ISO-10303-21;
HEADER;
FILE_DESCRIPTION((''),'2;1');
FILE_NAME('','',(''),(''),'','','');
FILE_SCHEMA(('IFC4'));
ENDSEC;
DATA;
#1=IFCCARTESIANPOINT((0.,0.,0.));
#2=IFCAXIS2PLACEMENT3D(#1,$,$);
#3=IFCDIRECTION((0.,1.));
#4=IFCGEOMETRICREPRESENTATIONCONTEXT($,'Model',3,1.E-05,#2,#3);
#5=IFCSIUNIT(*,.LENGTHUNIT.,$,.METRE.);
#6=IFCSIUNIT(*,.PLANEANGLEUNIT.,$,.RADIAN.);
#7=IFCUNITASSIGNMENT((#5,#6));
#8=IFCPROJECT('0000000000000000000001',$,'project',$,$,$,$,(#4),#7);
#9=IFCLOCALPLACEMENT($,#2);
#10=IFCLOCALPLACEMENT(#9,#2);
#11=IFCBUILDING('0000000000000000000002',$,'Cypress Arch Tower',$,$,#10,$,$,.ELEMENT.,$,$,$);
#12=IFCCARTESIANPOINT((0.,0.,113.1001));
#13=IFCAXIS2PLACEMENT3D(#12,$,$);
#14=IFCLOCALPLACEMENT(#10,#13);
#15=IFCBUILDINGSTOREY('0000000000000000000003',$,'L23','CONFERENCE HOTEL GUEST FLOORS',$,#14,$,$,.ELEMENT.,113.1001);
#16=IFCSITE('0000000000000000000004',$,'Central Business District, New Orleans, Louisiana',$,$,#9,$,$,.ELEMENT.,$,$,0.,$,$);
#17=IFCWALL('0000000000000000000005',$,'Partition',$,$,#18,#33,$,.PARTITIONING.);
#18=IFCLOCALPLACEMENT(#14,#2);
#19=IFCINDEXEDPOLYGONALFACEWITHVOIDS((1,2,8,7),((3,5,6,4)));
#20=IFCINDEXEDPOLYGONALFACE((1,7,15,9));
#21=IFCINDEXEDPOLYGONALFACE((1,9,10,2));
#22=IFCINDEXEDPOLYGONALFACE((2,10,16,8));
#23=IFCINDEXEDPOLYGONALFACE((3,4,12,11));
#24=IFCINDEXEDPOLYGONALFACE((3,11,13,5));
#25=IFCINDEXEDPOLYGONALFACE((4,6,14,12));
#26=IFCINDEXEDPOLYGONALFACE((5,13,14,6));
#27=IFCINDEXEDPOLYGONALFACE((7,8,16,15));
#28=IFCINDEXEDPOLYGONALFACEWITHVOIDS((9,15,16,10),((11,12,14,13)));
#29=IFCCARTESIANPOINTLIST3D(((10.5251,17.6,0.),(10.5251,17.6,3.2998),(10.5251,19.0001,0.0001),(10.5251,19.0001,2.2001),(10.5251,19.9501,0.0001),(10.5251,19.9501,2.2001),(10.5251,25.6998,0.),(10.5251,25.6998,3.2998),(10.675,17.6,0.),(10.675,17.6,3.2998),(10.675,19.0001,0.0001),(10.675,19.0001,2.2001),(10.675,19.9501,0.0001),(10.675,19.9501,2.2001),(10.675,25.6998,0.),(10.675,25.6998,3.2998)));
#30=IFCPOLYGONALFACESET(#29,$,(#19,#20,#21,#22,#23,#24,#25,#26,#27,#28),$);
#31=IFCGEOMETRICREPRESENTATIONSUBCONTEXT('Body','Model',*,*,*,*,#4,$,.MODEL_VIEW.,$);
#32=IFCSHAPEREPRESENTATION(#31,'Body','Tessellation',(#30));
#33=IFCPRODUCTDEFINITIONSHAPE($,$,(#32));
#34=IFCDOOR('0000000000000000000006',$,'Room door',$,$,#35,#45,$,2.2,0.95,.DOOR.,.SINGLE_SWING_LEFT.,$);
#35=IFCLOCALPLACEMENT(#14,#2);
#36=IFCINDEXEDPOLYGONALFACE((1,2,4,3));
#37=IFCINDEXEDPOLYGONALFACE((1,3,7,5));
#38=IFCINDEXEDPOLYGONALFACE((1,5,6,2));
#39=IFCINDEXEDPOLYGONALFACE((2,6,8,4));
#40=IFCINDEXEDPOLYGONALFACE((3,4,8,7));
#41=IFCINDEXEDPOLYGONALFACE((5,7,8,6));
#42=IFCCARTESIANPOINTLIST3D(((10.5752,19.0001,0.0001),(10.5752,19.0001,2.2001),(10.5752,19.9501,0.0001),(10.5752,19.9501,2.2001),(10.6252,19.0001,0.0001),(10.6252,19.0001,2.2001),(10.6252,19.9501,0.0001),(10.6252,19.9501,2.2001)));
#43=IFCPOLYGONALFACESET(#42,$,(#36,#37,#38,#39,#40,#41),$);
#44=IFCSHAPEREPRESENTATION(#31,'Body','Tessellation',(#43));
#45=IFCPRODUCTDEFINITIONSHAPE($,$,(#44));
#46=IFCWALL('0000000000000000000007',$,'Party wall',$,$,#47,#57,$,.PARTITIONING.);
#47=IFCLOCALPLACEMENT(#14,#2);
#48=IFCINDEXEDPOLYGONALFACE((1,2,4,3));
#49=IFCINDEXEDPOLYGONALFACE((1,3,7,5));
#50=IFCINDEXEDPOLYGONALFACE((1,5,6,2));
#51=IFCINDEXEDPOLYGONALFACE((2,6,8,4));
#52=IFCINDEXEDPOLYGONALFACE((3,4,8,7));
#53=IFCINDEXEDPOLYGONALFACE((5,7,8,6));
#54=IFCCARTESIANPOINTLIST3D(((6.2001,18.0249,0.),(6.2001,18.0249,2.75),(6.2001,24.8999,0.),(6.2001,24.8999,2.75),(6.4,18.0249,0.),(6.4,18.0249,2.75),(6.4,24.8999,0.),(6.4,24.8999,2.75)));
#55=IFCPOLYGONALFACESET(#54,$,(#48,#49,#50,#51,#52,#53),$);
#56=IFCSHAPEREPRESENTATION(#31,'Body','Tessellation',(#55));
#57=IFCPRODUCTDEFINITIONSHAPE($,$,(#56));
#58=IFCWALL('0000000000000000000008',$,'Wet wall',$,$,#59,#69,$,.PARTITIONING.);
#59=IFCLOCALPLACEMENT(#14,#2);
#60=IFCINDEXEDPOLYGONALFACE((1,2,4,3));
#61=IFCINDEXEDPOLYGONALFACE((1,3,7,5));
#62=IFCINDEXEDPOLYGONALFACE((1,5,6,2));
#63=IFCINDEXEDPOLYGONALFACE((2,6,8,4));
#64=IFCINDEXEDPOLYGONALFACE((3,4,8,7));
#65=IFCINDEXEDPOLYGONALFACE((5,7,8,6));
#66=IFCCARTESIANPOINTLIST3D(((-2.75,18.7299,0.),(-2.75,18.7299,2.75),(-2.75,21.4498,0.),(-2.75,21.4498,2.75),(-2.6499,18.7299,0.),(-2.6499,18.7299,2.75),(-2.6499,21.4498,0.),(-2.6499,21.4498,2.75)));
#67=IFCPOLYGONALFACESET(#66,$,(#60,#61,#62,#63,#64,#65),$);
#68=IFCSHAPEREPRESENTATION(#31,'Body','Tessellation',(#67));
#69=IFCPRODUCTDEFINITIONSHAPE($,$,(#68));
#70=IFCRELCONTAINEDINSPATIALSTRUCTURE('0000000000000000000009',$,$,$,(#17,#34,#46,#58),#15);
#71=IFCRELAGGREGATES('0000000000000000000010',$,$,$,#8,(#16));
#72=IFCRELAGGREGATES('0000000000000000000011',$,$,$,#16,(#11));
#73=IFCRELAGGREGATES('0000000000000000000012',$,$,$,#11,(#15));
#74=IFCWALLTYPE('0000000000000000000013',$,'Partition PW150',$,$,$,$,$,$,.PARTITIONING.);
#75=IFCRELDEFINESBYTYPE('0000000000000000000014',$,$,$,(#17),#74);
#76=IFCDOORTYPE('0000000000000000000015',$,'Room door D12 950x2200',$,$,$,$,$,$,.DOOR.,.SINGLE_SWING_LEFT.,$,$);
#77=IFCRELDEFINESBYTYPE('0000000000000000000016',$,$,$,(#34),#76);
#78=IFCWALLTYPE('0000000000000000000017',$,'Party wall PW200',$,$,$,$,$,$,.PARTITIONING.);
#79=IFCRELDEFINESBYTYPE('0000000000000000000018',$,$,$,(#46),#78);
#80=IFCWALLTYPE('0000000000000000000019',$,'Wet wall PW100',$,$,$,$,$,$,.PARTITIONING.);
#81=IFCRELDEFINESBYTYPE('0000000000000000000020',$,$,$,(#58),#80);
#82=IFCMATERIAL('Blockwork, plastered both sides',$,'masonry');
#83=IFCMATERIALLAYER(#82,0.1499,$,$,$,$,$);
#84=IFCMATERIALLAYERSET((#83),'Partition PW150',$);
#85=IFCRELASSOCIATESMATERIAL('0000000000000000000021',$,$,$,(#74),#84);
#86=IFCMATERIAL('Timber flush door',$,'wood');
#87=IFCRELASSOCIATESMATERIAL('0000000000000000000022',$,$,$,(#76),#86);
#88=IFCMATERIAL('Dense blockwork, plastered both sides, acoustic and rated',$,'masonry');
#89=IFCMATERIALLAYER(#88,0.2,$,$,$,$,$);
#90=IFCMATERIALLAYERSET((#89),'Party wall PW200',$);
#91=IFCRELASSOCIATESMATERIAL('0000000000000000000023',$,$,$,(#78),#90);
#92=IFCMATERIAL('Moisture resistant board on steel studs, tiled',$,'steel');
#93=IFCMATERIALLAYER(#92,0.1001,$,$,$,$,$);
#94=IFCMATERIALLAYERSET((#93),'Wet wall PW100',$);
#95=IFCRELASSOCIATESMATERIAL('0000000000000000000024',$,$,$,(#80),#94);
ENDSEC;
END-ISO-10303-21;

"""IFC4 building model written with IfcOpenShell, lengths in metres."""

from ifc_helpers import new_model, si_unit, direction, frame, frame_2d, origin, place, context, subcontext, project, spatial, rectangle, extrude, material, layer, layer_set, type_object, element, fill, save


model = new_model("IFC4")

# Units and contexts
model_context = context("Model", 3, precision=1e-05, world=origin(), true_north=direction((0.0, 1.0)))
body_context = subcontext(model_context, "Body", "Model", "MODEL_VIEW")
ifc_project = project(units=[si_unit("LENGTHUNIT", "METRE"), si_unit("PLANEANGLEUNIT", "RADIAN")], contexts=[model_context])

# Site, building, storey
site_placement = place(None, origin())
site = spatial("IfcSite", under=ifc_project, at=site_placement, Name="Central Business District, New Orleans, Louisiana", CompositionType="ELEMENT", RefElevation=0.0)
building_placement = place(site_placement, origin())
building = spatial("IfcBuilding", under=site, at=building_placement, Name="Cypress Arch Tower", CompositionType="ELEMENT")
storey_placement = place(building_placement, frame((0.0, 0.0, 113.1001)))
storey = spatial("IfcBuildingStorey", under=building, at=storey_placement, Name="L23", Description="CONFERENCE HOTEL GUEST FLOORS", CompositionType="ELEMENT", Elevation=113.1001)

# Shared definitions
ifc_material_1 = material(Name="Blockwork, plastered both sides", Category="masonry")
ifc_layer_1 = layer(ifc_material_1, 0.1499)
ifc_layer_set_1 = layer_set([ifc_layer_1], Name="Partition PW150")
wall_type_1 = type_object("IfcWallType", Name="Partition PW150", PredefinedType="PARTITIONING", material=ifc_layer_set_1)
ifc_material_2 = material(Name="Timber flush door", Category="wood")
door_type_1 = type_object("IfcDoorType", Name="Room door D12 950x2200", OperationType="SINGLE_SWING_LEFT", PredefinedType="DOOR", material=ifc_material_2)

# Wall, opening, door
wall_1_placement = place(storey_placement, frame((10.6001, 17.6001, 0.0), z_axis=(0.0, 0.0, 1.0), x_axis=(0.0, 1.0, 0.0)))
wall_1 = element("IfcWall", 1, at=wall_1_placement, inside=storey, type_object=wall_type_1, Name="Partition", PredefinedType="PARTITIONING", context=body_context, shape_type="SweptSolid", body=[
    extrude(rectangle(XDim=8.0999, YDim=0.1499, at=frame_2d((4.0498, 0.0))), origin(), (0.0, 0.0, 1.0), 3.2998),
])
opening_1_placement = place(wall_1_placement, frame((1.3999, 0.0, 0.0)))
opening_1 = element("IfcOpeningElement", 2, at=opening_1_placement, cuts=wall_1, PredefinedType="OPENING", context=body_context, shape_type="SweptSolid", body=[
    extrude(rectangle(XDim=0.95, YDim=2.2, at=frame_2d((0.4751, 1.1001))), frame((0.0, 0.085, 0.0), z_axis=(0.0, -1.0, 0.0), x_axis=(1.0, 0.0, 0.0)), (0.0, 0.0, 1.0), 0.1699),
])
door_1_placement = place(opening_1_placement, origin())
door_1 = element("IfcDoor", 3, at=door_1_placement, inside=storey, type_object=door_type_1, Name="Room door", OperationType="SINGLE_SWING_LEFT", OverallHeight=2.2, OverallWidth=0.95, PredefinedType="DOOR", context=body_context, shape_type="SweptSolid", body=[
    extrude(rectangle(XDim=0.95, YDim=2.2, at=frame_2d((0.4751, 1.1001))), frame((0.0, 0.0249, 0.0), z_axis=(0.0, -1.0, 0.0), x_axis=(1.0, 0.0, 0.0)), (0.0, 0.0, 1.0), 0.05),
])
fill(opening_1, door_1)

# Walls
ifc_material_3 = material(Name="Dense blockwork, plastered both sides, acoustic and rated", Category="masonry")
ifc_layer_2 = layer(ifc_material_3, 0.2)
ifc_layer_set_2 = layer_set([ifc_layer_2], Name="Party wall PW200")
wall_type_2 = type_object("IfcWallType", Name="Party wall PW200", PredefinedType="PARTITIONING", material=ifc_layer_set_2)
wall_2_placement = place(storey_placement, frame((6.3, 18.0249, 0.0), z_axis=(0.0, 0.0, 1.0), x_axis=(0.0, 1.0, 0.0)))
element("IfcWall", 4, at=wall_2_placement, inside=storey, type_object=wall_type_2, Name="Party wall", PredefinedType="PARTITIONING", context=body_context, shape_type="SweptSolid", body=[
    extrude(rectangle(XDim=6.875, YDim=0.2, at=frame_2d((3.4375, 0.0))), origin(), (0.0, 0.0, 1.0), 2.75),
])
ifc_material_4 = material(Name="Moisture resistant board on steel studs, tiled", Category="steel")
ifc_layer_3 = layer(ifc_material_4, 0.1001)
ifc_layer_set_3 = layer_set([ifc_layer_3], Name="Wet wall PW100")
wall_type_3 = type_object("IfcWallType", Name="Wet wall PW100", PredefinedType="PARTITIONING", material=ifc_layer_set_3)
wall_3_placement = place(storey_placement, frame((-2.7, 18.73, 0.0), z_axis=(0.0, 0.0, 1.0), x_axis=(0.0, 1.0, 0.0)))
element("IfcWall", 5, at=wall_3_placement, inside=storey, type_object=wall_type_3, Name="Wet wall", PredefinedType="PARTITIONING", context=body_context, shape_type="SweptSolid", body=[
    extrude(rectangle(XDim=2.72, YDim=0.1001, at=frame_2d((1.3599, 0.0))), origin(), (0.0, 0.0, 1.0), 2.75),
])

save(model, "model.ifc")
